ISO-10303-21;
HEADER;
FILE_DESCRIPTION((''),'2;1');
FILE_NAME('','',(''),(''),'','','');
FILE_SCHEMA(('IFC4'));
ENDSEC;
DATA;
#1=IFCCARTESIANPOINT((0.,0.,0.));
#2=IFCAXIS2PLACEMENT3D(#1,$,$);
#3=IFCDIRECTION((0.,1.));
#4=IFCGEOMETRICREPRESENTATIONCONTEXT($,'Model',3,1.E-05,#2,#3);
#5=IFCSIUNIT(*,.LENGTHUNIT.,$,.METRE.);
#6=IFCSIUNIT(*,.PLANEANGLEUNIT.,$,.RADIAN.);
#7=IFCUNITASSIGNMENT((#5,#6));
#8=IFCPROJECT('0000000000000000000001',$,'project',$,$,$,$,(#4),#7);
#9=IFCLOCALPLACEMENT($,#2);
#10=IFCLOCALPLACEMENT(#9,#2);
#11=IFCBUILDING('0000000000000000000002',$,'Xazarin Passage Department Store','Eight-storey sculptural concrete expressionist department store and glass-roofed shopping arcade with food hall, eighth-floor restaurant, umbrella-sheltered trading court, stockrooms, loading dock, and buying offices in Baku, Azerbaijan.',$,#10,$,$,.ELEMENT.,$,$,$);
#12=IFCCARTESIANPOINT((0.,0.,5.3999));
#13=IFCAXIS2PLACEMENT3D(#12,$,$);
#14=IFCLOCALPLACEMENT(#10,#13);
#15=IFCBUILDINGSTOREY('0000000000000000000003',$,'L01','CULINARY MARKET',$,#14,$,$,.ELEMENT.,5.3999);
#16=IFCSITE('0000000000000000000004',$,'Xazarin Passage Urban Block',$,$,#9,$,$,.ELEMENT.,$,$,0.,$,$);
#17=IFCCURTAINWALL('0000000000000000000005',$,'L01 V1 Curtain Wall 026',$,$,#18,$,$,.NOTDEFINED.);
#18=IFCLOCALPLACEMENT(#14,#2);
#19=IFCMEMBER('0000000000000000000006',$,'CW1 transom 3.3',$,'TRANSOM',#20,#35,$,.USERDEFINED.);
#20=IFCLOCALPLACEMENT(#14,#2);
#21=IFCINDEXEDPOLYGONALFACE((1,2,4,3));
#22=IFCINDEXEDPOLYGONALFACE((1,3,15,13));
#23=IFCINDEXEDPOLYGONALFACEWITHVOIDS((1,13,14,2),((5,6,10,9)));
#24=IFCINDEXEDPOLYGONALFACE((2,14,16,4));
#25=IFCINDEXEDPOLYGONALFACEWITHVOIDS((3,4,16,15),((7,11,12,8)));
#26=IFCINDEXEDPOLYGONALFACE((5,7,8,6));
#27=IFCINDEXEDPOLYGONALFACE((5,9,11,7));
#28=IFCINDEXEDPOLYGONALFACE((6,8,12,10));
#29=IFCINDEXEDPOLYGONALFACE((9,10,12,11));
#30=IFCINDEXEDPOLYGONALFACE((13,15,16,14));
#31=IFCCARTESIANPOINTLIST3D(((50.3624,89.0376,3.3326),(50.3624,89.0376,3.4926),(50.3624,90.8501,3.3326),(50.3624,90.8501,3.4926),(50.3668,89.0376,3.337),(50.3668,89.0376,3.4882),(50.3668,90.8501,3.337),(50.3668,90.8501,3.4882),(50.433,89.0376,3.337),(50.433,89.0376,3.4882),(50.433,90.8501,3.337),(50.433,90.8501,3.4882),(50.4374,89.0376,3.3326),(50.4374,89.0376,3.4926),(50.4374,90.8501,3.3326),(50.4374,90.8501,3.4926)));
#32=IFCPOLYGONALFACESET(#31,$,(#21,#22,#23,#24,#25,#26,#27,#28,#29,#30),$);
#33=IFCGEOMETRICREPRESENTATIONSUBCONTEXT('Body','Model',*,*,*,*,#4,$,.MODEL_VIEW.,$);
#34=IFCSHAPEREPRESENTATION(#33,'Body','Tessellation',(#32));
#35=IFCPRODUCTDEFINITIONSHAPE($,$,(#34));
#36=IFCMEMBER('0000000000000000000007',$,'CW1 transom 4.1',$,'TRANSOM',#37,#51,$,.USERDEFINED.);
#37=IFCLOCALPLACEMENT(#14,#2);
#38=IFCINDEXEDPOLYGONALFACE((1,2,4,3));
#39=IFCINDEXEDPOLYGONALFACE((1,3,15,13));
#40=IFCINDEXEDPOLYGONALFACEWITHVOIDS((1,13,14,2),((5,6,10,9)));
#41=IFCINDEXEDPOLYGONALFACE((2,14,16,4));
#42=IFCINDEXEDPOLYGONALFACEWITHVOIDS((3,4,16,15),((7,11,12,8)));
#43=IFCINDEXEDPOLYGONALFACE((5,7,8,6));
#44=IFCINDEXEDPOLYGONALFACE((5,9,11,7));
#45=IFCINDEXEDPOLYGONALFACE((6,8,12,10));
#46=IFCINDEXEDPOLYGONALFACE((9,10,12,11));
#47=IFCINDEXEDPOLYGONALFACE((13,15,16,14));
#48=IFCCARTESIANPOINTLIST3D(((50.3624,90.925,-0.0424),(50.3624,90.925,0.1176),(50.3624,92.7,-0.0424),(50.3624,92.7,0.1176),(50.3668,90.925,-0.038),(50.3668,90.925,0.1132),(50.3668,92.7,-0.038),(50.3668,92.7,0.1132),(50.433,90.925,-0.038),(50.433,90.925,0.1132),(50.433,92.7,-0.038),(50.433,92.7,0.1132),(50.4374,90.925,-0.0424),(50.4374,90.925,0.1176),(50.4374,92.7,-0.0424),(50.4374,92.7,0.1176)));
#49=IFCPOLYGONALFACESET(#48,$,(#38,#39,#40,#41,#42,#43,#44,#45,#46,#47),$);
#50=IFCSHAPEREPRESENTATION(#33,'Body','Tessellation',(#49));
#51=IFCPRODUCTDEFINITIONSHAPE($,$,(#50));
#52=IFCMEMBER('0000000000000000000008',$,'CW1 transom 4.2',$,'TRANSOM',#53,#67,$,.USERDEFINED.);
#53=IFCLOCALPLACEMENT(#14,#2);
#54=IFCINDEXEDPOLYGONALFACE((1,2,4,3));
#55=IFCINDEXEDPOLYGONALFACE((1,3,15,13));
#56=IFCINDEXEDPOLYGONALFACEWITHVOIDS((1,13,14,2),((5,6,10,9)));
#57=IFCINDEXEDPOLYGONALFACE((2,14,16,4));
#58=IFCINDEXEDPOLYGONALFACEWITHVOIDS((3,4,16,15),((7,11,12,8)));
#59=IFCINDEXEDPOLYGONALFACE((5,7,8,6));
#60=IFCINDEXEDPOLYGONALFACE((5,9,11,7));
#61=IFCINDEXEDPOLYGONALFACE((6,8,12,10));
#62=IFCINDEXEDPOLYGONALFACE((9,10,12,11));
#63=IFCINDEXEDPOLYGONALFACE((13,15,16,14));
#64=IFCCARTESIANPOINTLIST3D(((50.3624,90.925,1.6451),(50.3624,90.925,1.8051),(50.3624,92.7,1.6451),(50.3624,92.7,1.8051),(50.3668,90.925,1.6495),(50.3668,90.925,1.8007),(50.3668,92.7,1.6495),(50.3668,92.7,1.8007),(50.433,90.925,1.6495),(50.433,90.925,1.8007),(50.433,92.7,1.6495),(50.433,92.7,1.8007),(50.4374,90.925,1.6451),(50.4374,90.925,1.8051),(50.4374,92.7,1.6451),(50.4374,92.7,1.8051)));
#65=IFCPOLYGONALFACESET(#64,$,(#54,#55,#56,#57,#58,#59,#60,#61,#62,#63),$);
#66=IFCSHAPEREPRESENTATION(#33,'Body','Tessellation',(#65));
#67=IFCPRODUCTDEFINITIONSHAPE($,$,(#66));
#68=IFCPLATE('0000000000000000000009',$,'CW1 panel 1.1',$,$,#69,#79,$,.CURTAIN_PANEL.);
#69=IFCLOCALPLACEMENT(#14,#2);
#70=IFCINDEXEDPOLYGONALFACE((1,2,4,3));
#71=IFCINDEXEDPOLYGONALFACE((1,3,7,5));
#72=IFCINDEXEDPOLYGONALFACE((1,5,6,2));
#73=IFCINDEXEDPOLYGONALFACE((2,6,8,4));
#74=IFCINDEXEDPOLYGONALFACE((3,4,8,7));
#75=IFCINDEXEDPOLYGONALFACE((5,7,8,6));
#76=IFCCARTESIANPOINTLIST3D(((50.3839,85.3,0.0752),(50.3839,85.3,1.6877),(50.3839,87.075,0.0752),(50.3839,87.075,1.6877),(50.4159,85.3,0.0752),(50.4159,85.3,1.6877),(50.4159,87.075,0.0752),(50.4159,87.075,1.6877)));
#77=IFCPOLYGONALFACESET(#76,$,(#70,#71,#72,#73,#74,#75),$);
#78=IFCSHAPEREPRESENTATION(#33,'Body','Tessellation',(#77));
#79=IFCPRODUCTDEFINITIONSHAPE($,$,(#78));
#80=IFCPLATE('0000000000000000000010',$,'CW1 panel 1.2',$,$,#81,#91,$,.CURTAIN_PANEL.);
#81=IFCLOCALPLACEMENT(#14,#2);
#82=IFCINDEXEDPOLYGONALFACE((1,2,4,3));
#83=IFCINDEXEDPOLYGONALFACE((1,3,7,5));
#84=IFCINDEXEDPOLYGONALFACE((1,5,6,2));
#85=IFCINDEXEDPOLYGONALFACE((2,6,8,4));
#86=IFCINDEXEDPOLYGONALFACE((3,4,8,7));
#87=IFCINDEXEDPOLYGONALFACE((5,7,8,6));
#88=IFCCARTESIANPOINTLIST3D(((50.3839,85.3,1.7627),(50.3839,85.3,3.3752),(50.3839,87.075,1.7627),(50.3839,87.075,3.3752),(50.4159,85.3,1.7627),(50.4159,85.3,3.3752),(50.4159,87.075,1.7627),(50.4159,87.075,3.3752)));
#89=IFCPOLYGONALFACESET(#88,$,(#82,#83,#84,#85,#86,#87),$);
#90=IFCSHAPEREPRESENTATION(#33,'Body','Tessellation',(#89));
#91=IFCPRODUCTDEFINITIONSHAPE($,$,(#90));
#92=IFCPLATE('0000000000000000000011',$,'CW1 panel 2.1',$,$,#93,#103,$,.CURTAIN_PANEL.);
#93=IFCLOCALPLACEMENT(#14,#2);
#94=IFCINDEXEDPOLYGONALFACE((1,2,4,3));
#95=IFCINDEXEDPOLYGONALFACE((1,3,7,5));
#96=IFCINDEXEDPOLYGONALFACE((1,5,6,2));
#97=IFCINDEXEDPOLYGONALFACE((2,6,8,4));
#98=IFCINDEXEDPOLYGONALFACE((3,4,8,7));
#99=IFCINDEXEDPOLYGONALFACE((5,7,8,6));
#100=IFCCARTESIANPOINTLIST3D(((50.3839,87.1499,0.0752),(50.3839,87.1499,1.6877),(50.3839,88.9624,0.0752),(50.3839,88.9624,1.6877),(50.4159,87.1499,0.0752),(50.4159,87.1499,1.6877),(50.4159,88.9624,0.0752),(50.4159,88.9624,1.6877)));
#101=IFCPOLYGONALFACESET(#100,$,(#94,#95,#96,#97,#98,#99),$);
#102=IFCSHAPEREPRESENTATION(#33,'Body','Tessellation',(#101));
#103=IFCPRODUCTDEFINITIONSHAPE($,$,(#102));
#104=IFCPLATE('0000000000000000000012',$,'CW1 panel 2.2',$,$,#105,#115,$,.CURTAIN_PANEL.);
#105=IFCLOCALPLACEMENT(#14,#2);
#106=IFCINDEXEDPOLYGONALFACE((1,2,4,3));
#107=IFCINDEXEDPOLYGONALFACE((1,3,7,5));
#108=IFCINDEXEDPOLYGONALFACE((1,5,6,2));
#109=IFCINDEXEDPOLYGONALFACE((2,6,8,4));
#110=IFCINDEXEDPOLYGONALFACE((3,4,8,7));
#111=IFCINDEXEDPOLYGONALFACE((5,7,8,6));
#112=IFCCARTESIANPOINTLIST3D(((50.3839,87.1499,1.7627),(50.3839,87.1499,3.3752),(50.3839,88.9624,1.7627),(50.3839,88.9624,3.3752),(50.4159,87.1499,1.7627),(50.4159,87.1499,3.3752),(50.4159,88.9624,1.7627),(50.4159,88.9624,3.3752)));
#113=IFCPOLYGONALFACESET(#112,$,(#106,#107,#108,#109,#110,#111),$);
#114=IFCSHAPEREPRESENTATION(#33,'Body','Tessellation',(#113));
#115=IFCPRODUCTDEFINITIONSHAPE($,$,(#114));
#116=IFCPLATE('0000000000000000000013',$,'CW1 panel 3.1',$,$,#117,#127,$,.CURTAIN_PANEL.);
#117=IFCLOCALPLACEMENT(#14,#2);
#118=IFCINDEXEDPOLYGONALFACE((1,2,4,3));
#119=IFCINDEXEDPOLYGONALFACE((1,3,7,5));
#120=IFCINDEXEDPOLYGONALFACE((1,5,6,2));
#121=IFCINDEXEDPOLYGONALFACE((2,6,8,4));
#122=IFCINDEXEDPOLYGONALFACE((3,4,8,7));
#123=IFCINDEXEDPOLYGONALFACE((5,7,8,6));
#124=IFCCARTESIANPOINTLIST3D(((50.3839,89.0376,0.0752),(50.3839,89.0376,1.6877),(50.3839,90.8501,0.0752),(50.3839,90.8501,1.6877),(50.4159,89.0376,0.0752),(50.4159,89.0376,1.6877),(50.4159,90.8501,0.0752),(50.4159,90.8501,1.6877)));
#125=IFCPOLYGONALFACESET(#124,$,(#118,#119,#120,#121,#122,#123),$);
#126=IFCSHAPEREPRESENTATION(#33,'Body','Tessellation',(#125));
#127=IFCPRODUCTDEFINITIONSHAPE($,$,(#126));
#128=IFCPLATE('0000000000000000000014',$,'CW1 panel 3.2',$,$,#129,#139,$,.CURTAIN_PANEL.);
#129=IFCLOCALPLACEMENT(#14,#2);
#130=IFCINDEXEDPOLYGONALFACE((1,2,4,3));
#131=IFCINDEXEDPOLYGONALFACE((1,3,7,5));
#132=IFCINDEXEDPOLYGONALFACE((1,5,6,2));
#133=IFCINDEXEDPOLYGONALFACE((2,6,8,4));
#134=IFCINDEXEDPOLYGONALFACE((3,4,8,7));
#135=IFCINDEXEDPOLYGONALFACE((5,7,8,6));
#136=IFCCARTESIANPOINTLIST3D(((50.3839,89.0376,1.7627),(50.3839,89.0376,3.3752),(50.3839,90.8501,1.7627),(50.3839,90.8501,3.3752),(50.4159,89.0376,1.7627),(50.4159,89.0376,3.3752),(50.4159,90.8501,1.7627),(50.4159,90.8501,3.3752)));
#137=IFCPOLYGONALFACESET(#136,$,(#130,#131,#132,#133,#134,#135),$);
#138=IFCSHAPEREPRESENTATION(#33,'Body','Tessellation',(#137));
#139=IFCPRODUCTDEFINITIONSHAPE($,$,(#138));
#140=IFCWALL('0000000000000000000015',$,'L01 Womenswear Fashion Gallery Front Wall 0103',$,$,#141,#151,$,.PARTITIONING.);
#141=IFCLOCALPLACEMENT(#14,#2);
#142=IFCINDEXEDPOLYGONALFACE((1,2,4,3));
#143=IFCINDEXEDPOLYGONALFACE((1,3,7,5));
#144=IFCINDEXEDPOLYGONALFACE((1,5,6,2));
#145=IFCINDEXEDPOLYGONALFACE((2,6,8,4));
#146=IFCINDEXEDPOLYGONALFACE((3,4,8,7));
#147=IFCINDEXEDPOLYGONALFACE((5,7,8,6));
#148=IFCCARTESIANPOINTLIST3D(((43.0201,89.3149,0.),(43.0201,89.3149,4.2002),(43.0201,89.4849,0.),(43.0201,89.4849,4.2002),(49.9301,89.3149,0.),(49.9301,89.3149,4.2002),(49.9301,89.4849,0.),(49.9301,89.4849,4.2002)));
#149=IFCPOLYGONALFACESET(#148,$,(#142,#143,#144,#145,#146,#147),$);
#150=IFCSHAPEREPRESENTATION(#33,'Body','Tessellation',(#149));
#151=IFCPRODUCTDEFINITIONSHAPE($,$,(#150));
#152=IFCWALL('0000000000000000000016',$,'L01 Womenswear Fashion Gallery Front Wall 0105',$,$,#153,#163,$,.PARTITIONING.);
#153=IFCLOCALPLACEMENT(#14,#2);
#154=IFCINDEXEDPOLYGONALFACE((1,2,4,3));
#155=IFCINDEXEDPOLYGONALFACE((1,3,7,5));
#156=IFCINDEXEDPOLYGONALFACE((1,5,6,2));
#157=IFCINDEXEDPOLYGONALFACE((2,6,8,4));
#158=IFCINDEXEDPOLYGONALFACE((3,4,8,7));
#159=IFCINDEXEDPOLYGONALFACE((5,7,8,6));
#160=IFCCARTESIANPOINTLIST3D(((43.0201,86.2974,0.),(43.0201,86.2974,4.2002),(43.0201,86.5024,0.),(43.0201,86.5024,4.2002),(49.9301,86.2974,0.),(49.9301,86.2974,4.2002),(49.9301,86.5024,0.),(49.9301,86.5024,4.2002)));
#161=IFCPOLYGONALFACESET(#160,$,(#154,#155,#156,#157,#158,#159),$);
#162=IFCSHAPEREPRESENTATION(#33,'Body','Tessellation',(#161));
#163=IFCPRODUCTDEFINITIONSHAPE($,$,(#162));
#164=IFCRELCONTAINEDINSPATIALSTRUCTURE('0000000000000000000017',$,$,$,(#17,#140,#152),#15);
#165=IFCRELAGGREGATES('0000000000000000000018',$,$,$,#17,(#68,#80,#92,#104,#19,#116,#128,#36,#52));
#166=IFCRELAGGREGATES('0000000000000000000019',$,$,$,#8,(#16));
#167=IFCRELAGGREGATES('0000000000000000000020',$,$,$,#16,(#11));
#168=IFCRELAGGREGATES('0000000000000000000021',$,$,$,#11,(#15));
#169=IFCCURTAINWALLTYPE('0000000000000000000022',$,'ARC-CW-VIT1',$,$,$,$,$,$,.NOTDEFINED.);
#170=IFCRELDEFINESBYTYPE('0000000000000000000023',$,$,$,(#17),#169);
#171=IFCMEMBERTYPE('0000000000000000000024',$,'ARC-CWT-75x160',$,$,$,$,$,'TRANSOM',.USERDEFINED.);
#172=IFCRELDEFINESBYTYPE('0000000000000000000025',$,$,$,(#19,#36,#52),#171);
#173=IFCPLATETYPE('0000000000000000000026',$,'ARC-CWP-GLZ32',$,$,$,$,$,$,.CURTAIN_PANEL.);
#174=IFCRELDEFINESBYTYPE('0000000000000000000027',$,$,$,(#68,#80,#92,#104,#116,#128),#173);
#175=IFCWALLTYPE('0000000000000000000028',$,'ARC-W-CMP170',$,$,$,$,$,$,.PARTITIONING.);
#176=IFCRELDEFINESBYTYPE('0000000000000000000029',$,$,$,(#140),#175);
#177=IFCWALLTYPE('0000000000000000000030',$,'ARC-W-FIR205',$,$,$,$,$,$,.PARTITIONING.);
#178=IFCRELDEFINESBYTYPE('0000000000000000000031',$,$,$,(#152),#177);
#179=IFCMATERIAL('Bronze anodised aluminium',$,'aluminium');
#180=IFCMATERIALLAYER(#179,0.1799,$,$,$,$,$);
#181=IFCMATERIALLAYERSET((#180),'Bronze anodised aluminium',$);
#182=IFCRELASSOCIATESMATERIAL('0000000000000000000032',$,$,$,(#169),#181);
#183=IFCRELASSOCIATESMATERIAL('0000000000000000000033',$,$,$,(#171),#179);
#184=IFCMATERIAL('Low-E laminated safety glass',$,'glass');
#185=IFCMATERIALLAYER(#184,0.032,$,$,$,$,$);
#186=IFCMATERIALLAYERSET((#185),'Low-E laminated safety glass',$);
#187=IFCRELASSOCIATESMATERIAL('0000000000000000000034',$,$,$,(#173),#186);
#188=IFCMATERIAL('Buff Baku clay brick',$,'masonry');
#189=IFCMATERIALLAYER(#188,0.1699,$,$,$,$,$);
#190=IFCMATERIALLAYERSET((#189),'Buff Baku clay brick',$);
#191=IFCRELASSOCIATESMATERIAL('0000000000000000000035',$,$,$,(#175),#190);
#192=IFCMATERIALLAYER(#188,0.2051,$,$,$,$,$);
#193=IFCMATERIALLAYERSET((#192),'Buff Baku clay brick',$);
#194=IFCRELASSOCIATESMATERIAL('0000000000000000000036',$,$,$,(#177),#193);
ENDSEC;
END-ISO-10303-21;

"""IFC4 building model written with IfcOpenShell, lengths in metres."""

from ifc_helpers import new_model, si_unit, direction, frame, frame_2d, origin, origin_2d, place, context, subcontext, project, spatial, rectangle, hollow_rectangle, extrude, material, layer, layer_set, material_profile, profile_set, type_object, element, aggregate, save


model = new_model("IFC4")

# Units and contexts
model_context = context("Model", 3, precision=1e-05, world=origin(), true_north=direction((0.0, 1.0)))
body_context = subcontext(model_context, "Body", "Model", "MODEL_VIEW")
ifc_project = project(units=[si_unit("LENGTHUNIT", "METRE"), si_unit("PLANEANGLEUNIT", "RADIAN")], contexts=[model_context])

# Site, building, storey
site_placement = place(None, origin())
site = spatial("IfcSite", under=ifc_project, at=site_placement, Name="Xazarin Passage Urban Block", CompositionType="ELEMENT", RefElevation=0.0)
building_placement = place(site_placement, origin())
building = spatial("IfcBuilding", under=site, at=building_placement, Name="Xazarin Passage Department Store", Description="Eight-storey sculptural concrete expressionist department store and glass-roofed shopping arcade with food hall, eighth-floor restaurant, umbrella-sheltered trading court, stockrooms, loading dock, and buying offices in Baku, Azerbaijan.", CompositionType="ELEMENT")
storey_placement = place(building_placement, frame((0.0, 0.0, 5.3999)))
storey = spatial("IfcBuildingStorey", under=building, at=storey_placement, Name="L01", Description="CULINARY MARKET", CompositionType="ELEMENT", Elevation=5.3999)

# Curtain wall, members, plates
ifc_material_1 = material(Name="Bronze anodised aluminium", Category="aluminium")
ifc_layer_1 = layer(ifc_material_1, 0.1799)
ifc_layer_set_1 = layer_set([ifc_layer_1], Name="Bronze anodised aluminium")
curtain_wall_type = type_object("IfcCurtainWallType", Name="ARC-CW-VIT1", PredefinedType="NOTDEFINED", material=ifc_layer_set_1)
curtain_wall_placement = place(storey_placement, origin())
curtain_wall = element("IfcCurtainWall", 1, at=curtain_wall_placement, inside=storey, type_object=curtain_wall_type, Name="L01 V1 Curtain Wall 026", PredefinedType="NOTDEFINED")
ifc_material_profile_1 = material_profile(ifc_material_1, hollow_rectangle(XDim=0.075, YDim=0.1599, WallThickness=0.0044, at=origin_2d()), Name="ALU 75x160")
ifc_profile_set_1 = profile_set([ifc_material_profile_1], Name="Bronze anodised aluminium")
member_type_1 = type_object("IfcMemberType", Name="ARC-CWT-75x160", ElementType="TRANSOM", PredefinedType="USERDEFINED", material=ifc_profile_set_1)
member_1_placement = place(storey_placement, frame((50.3999, 89.0376, 3.4126), z_axis=(0.0, 1.0, 0.0), x_axis=(-1.0, 0.0, 0.0)))
member_1 = element("IfcMember", 2, at=member_1_placement, type_object=member_type_1, Name="CW1 transom 3.3", ObjectType="TRANSOM", PredefinedType="USERDEFINED", context=body_context, shape_type="SweptSolid", body=[
    extrude(hollow_rectangle(XDim=0.075, YDim=0.1599, WallThickness=0.0044, at=origin_2d()), origin(), (0.0, 0.0, 1.0), 1.8125),
])
member_2_placement = place(storey_placement, frame((50.3999, 90.925, 0.0376), z_axis=(0.0, 1.0, 0.0), x_axis=(-1.0, 0.0, 0.0)))
member_2 = element("IfcMember", 3, at=member_2_placement, type_object=member_type_1, Name="CW1 transom 4.1", ObjectType="TRANSOM", PredefinedType="USERDEFINED", context=body_context, shape_type="SweptSolid", body=[
    extrude(hollow_rectangle(XDim=0.075, YDim=0.1599, WallThickness=0.0044, at=origin_2d()), origin(), (0.0, 0.0, 1.0), 1.7749),
])
member_3_placement = place(storey_placement, frame((50.3999, 90.925, 1.7251), z_axis=(0.0, 1.0, 0.0), x_axis=(-1.0, 0.0, 0.0)))
member_3 = element("IfcMember", 4, at=member_3_placement, type_object=member_type_1, Name="CW1 transom 4.2", ObjectType="TRANSOM", PredefinedType="USERDEFINED", context=body_context, shape_type="SweptSolid", body=[
    extrude(hollow_rectangle(XDim=0.075, YDim=0.1599, WallThickness=0.0044, at=origin_2d()), origin(), (0.0, 0.0, 1.0), 1.7749),
])
ifc_material_2 = material(Name="Low-E laminated safety glass", Category="glass")
ifc_layer_2 = layer(ifc_material_2, 0.032)
ifc_layer_set_2 = layer_set([ifc_layer_2], Name="Low-E laminated safety glass")
plate_type = type_object("IfcPlateType", Name="ARC-CWP-GLZ32", PredefinedType="CURTAIN_PANEL", material=ifc_layer_set_2)
plate_1_placement = place(storey_placement, frame((50.3999, 86.1875, 0.0752), z_axis=(0.0, 0.0, 1.0), x_axis=(0.0, 1.0, 0.0)))
plate_1 = element("IfcPlate", 5, at=plate_1_placement, type_object=plate_type, Name="CW1 panel 1.1", PredefinedType="CURTAIN_PANEL", context=body_context, shape_type="SweptSolid", body=[
    extrude(rectangle(XDim=1.7749, YDim=0.032, at=origin_2d()), origin(), (0.0, 0.0, 1.0), 1.6125),
])
plate_2_placement = place(storey_placement, frame((50.3999, 86.1875, 1.7627), z_axis=(0.0, 0.0, 1.0), x_axis=(0.0, 1.0, 0.0)))
plate_2 = element("IfcPlate", 6, at=plate_2_placement, type_object=plate_type, Name="CW1 panel 1.2", PredefinedType="CURTAIN_PANEL", context=body_context, shape_type="SweptSolid", body=[
    extrude(rectangle(XDim=1.7749, YDim=0.032, at=origin_2d()), origin(), (0.0, 0.0, 1.0), 1.6125),
])
plate_3_placement = place(storey_placement, frame((50.3999, 88.0562, 0.0752), z_axis=(0.0, 0.0, 1.0), x_axis=(0.0, 1.0, 0.0)))
plate_3 = element("IfcPlate", 7, at=plate_3_placement, type_object=plate_type, Name="CW1 panel 2.1", PredefinedType="CURTAIN_PANEL", context=body_context, shape_type="SweptSolid", body=[
    extrude(rectangle(XDim=1.8125, YDim=0.032, at=origin_2d()), origin(), (0.0, 0.0, 1.0), 1.6125),
])
plate_4_placement = place(storey_placement, frame((50.3999, 88.0562, 1.7627), z_axis=(0.0, 0.0, 1.0), x_axis=(0.0, 1.0, 0.0)))
plate_4 = element("IfcPlate", 8, at=plate_4_placement, type_object=plate_type, Name="CW1 panel 2.2", PredefinedType="CURTAIN_PANEL", context=body_context, shape_type="SweptSolid", body=[
    extrude(rectangle(XDim=1.8125, YDim=0.032, at=origin_2d()), origin(), (0.0, 0.0, 1.0), 1.6125),
])
plate_5_placement = place(storey_placement, frame((50.3999, 89.9438, 0.0752), z_axis=(0.0, 0.0, 1.0), x_axis=(0.0, 1.0, 0.0)))
plate_5 = element("IfcPlate", 9, at=plate_5_placement, type_object=plate_type, Name="CW1 panel 3.1", PredefinedType="CURTAIN_PANEL", context=body_context, shape_type="SweptSolid", body=[
    extrude(rectangle(XDim=1.8125, YDim=0.032, at=origin_2d()), origin(), (0.0, 0.0, 1.0), 1.6125),
])
plate_6_placement = place(storey_placement, frame((50.3999, 89.9438, 1.7627), z_axis=(0.0, 0.0, 1.0), x_axis=(0.0, 1.0, 0.0)))
plate_6 = element("IfcPlate", 10, at=plate_6_placement, type_object=plate_type, Name="CW1 panel 3.2", PredefinedType="CURTAIN_PANEL", context=body_context, shape_type="SweptSolid", body=[
    extrude(rectangle(XDim=1.8125, YDim=0.032, at=origin_2d()), origin(), (0.0, 0.0, 1.0), 1.6125),
])
aggregate(curtain_wall, [plate_1, plate_2, plate_3, plate_4, member_1, plate_5, plate_6, member_2, member_3])

# Walls
ifc_material_3 = material(Name="Buff Baku clay brick", Category="masonry")
ifc_layer_3 = layer(ifc_material_3, 0.1699)
ifc_layer_set_3 = layer_set([ifc_layer_3], Name="Buff Baku clay brick")
wall_type_1 = type_object("IfcWallType", Name="ARC-W-CMP170", PredefinedType="PARTITIONING", material=ifc_layer_set_3)
wall_1_placement = place(storey_placement, frame((43.02, 89.3999, 0.0), z_axis=(0.0, 0.0, 1.0), x_axis=(1.0, 0.0, 0.0)))
element("IfcWall", 11, at=wall_1_placement, inside=storey, type_object=wall_type_1, Name="L01 Womenswear Fashion Gallery Front Wall 0103", PredefinedType="PARTITIONING", context=body_context, shape_type="SweptSolid", body=[
    extrude(rectangle(XDim=6.9099, YDim=0.1699, at=frame_2d((3.4551, 0.0))), origin(), (0.0, 0.0, 1.0), 4.2002),
])
ifc_layer_4 = layer(ifc_material_3, 0.2051)
ifc_layer_set_4 = layer_set([ifc_layer_4], Name="Buff Baku clay brick")
wall_type_2 = type_object("IfcWallType", Name="ARC-W-FIR205", PredefinedType="PARTITIONING", material=ifc_layer_set_4)
wall_2_placement = place(storey_placement, frame((43.02, 86.3999, 0.0), z_axis=(0.0, 0.0, 1.0), x_axis=(1.0, 0.0, 0.0)))
element("IfcWall", 12, at=wall_2_placement, inside=storey, type_object=wall_type_2, Name="L01 Womenswear Fashion Gallery Front Wall 0105", PredefinedType="PARTITIONING", context=body_context, shape_type="SweptSolid", body=[
    extrude(rectangle(XDim=6.9099, YDim=0.2051, at=frame_2d((3.4551, 0.0))), origin(), (0.0, 0.0, 1.0), 4.2002),
])

save(model, "model.ifc")
